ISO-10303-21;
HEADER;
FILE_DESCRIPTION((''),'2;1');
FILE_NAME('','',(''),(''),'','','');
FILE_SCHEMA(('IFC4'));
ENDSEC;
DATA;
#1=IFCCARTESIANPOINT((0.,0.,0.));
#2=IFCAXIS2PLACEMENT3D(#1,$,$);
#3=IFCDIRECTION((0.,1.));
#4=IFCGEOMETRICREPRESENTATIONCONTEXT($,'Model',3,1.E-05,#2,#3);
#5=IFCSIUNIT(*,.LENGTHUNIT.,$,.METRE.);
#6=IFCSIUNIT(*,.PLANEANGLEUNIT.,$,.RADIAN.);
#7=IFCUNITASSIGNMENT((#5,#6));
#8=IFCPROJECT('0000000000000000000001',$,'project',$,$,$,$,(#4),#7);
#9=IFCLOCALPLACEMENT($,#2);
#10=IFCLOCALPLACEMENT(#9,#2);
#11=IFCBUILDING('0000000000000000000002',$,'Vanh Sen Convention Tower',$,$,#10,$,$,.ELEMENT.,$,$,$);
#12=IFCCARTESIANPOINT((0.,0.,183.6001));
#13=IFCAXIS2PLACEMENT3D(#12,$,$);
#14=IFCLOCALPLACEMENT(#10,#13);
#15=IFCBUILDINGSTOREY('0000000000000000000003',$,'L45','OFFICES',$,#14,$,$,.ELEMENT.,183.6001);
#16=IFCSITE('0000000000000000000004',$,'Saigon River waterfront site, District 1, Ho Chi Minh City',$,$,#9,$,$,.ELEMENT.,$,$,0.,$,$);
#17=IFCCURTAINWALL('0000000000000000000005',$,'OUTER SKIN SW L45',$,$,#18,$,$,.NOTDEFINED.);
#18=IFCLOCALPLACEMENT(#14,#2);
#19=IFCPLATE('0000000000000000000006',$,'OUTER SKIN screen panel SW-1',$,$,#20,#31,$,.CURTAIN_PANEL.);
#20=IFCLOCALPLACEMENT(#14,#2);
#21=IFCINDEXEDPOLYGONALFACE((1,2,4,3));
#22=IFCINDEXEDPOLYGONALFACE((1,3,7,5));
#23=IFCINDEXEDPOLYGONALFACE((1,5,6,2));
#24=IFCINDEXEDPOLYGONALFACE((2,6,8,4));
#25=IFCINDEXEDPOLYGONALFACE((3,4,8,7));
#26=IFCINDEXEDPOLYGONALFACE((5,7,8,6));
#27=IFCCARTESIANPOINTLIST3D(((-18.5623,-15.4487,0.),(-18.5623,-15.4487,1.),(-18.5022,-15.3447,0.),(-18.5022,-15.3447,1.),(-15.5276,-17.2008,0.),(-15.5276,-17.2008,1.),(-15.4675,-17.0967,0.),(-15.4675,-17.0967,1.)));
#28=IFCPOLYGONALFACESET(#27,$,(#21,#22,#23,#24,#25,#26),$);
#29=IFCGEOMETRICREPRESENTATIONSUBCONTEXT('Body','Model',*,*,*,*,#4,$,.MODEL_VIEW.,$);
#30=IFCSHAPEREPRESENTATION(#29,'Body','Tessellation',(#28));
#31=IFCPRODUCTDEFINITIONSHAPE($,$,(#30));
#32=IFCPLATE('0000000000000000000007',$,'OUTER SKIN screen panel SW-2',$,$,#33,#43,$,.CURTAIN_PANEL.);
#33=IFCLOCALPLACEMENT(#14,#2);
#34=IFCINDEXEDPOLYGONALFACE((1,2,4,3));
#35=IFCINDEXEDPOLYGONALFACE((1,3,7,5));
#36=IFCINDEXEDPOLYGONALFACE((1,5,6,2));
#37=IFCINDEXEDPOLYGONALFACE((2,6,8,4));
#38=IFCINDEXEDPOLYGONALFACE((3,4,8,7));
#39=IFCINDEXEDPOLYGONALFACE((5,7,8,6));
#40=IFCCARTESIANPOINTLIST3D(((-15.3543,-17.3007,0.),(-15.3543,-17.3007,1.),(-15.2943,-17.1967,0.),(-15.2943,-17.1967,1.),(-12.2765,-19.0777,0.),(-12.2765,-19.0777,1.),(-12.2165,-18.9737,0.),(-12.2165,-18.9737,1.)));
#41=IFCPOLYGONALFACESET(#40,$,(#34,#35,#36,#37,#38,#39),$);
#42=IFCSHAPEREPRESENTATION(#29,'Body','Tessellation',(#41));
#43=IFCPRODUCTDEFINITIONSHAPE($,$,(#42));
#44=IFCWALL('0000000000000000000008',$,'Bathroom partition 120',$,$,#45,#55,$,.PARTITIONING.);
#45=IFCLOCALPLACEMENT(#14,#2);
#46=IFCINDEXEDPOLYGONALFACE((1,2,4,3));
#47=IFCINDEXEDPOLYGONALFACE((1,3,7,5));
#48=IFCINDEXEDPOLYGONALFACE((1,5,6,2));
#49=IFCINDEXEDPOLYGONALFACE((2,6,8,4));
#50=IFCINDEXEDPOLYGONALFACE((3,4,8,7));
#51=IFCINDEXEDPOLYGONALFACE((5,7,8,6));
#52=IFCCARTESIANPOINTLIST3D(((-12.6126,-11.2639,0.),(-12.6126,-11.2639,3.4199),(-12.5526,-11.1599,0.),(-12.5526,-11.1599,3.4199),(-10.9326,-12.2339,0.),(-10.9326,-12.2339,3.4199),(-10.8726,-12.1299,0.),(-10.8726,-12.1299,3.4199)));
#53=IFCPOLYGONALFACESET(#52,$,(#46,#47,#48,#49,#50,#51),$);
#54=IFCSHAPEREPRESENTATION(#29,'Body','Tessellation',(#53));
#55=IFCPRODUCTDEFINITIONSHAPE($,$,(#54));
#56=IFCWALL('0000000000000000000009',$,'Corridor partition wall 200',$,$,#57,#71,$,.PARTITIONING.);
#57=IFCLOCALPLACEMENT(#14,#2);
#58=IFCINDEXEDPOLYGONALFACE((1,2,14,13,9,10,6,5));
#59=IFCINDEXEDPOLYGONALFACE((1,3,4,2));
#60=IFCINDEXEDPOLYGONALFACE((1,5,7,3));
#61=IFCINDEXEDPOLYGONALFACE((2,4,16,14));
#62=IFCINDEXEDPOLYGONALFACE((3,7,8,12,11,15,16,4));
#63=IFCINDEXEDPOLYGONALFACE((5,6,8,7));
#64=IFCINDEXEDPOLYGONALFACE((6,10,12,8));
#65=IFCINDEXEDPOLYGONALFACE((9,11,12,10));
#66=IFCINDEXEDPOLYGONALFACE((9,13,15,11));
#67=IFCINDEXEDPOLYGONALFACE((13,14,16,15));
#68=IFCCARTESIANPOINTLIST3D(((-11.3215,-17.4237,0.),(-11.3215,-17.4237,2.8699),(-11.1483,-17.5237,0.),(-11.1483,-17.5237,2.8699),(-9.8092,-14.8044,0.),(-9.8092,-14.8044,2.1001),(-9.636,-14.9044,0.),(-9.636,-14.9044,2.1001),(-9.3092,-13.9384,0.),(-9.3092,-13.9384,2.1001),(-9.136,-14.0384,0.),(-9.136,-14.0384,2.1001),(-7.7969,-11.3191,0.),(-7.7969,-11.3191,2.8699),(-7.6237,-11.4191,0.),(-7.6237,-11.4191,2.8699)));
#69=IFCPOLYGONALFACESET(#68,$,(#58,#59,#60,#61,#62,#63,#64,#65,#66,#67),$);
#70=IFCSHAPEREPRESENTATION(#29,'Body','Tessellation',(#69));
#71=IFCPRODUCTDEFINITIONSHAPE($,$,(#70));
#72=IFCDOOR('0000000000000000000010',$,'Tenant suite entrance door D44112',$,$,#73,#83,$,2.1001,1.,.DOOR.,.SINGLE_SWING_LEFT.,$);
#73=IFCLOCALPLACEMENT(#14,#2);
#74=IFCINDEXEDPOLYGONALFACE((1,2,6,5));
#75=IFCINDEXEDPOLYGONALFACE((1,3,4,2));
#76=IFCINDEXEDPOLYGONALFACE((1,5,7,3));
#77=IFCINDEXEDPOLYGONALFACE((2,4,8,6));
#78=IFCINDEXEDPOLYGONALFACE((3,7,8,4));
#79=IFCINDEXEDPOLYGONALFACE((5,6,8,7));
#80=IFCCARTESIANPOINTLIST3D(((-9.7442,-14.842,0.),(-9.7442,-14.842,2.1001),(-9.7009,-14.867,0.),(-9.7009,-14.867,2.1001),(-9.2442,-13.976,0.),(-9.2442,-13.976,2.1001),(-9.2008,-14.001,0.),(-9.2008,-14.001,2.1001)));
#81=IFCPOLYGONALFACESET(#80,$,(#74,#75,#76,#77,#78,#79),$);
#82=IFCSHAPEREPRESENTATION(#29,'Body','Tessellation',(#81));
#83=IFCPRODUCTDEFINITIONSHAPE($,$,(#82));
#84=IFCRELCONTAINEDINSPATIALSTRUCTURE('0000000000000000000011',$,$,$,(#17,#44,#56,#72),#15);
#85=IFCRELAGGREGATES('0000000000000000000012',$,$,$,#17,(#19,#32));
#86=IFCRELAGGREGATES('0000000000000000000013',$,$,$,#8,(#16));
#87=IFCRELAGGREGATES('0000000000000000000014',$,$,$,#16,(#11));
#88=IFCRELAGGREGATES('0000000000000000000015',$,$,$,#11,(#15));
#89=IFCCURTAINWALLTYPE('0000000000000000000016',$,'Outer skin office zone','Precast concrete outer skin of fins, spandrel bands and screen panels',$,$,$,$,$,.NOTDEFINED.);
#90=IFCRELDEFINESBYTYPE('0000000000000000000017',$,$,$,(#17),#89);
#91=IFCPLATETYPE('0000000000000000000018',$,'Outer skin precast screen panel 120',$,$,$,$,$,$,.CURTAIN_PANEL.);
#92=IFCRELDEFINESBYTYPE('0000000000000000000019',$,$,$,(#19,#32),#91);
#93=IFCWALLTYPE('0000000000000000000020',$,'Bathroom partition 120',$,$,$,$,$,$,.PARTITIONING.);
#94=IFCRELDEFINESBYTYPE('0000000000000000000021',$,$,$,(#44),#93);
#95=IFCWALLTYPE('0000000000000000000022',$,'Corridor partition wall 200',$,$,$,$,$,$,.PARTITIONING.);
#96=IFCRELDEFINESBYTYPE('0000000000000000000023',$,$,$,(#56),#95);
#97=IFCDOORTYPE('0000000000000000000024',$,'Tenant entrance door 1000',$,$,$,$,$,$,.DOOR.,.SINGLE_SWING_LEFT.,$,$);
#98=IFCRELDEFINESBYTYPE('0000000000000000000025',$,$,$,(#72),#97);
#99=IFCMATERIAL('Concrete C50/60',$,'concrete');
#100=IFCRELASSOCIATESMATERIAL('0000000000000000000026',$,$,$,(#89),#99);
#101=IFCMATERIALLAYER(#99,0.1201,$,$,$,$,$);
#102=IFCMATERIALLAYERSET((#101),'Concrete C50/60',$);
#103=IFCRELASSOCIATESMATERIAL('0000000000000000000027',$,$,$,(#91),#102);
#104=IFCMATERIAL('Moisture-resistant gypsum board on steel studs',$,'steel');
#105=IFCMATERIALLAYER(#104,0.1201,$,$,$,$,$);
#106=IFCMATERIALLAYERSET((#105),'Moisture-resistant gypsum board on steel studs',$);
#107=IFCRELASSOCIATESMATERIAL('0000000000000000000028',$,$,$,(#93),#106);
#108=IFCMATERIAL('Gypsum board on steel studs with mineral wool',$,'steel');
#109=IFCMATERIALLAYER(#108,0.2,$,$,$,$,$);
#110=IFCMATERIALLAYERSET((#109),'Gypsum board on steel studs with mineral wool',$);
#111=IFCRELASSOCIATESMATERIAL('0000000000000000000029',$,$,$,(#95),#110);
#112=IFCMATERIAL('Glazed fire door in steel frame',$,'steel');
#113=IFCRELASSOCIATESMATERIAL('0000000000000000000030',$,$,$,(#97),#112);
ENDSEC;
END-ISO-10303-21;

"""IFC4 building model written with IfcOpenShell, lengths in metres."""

from ifc_helpers import new_model, si_unit, direction, frame, frame_2d, origin, origin_2d, place, context, subcontext, project, spatial, rectangle, extrude, material, layer, layer_set, type_object, element, fill, aggregate, save


model = new_model("IFC4")

# Units and contexts
model_context = context("Model", 3, precision=1e-05, world=origin(), true_north=direction((0.0, 1.0)))
body_context = subcontext(model_context, "Body", "Model", "MODEL_VIEW")
ifc_project = project(units=[si_unit("LENGTHUNIT", "METRE"), si_unit("PLANEANGLEUNIT", "RADIAN")], contexts=[model_context])

# Site, building, storey
site_placement = place(None, origin())
site = spatial("IfcSite", under=ifc_project, at=site_placement, Name="Saigon River waterfront site, District 1, Ho Chi Minh City", CompositionType="ELEMENT", RefElevation=0.0)
building_placement = place(site_placement, origin())
building = spatial("IfcBuilding", under=site, at=building_placement, Name="Vanh Sen Convention Tower", CompositionType="ELEMENT")
storey_placement = place(building_placement, frame((0.0, 0.0, 183.6001)))
storey = spatial("IfcBuildingStorey", under=building, at=storey_placement, Name="L45", Description="OFFICES", CompositionType="ELEMENT", Elevation=183.6001)

# Curtain wall
ifc_material_1 = material(Name="Concrete C50/60", Category="concrete")
curtain_wall_type = type_object("IfcCurtainWallType", Name="Outer skin office zone", Description="Precast concrete outer skin of fins, spandrel bands and screen panels", PredefinedType="NOTDEFINED", material=ifc_material_1)
curtain_wall_1_placement = place(storey_placement, origin())
curtain_wall_1 = element("IfcCurtainWall", 1, at=curtain_wall_1_placement, inside=storey, type_object=curtain_wall_type, Name="OUTER SKIN SW L45", PredefinedType="NOTDEFINED")

# Shared definitions
ifc_layer_1 = layer(ifc_material_1, 0.1201)
ifc_layer_set_1 = layer_set([ifc_layer_1], Name="Concrete C50/60")
plate_type = type_object("IfcPlateType", Name="Outer skin precast screen panel 120", PredefinedType="CURTAIN_PANEL", material=ifc_layer_set_1)

# Plates
plate_1_placement = place(storey_placement, frame((-17.0149, -16.2727, 0.0), z_axis=(0.0, 0.0, 1.0), x_axis=(0.866024, -0.500003, 0.0)))
plate_1 = element("IfcPlate", 2, at=plate_1_placement, type_object=plate_type, Name="OUTER SKIN screen panel SW-1", PredefinedType="CURTAIN_PANEL", context=body_context, shape_type="SweptSolid", body=[
    extrude(rectangle(XDim=3.5042, YDim=0.1201, at=origin_2d()), origin(), (0.0, 0.0, 1.0), 1.0),
])
plate_2_placement = place(storey_placement, frame((-13.7854, -18.1372, 0.0), z_axis=(0.0, 0.0, 1.0), x_axis=(0.866028, -0.499995, 0.0)))
plate_2 = element("IfcPlate", 3, at=plate_2_placement, type_object=plate_type, Name="OUTER SKIN screen panel SW-2", PredefinedType="CURTAIN_PANEL", context=body_context, shape_type="SweptSolid", body=[
    extrude(rectangle(XDim=3.554, YDim=0.1201, at=origin_2d()), origin(), (0.0, 0.0, 1.0), 1.0),
])
aggregate(curtain_wall_1, [plate_1, plate_2])

# Wall
ifc_material_2 = material(Name="Moisture-resistant gypsum board on steel studs", Category="steel")
ifc_layer_2 = layer(ifc_material_2, 0.1201)
ifc_layer_set_2 = layer_set([ifc_layer_2], Name="Moisture-resistant gypsum board on steel studs")
wall_type_1 = type_object("IfcWallType", Name="Bathroom partition 120", PredefinedType="PARTITIONING", material=ifc_layer_set_2)
wall_1_placement = place(storey_placement, frame((-10.9026, -12.1819, 0.0), z_axis=(0.0, 0.0, 1.0), x_axis=(-0.866012, 0.500024, 0.0)))
element("IfcWall", 4, at=wall_1_placement, inside=storey, type_object=wall_type_1, Name="Bathroom partition 120", PredefinedType="PARTITIONING", context=body_context, shape_type="SweptSolid", body=[
    extrude(rectangle(XDim=1.9399, YDim=0.1201, at=frame_2d((0.97, 0.0))), origin(), (0.0, 0.0, 1.0), 3.4199),
])

# Wall, opening, door
ifc_material_3 = material(Name="Gypsum board on steel studs with mineral wool", Category="steel")
ifc_layer_3 = layer(ifc_material_3, 0.2)
ifc_layer_set_3 = layer_set([ifc_layer_3], Name="Gypsum board on steel studs with mineral wool")
wall_type_2 = type_object("IfcWallType", Name="Corridor partition wall 200", PredefinedType="PARTITIONING", material=ifc_layer_set_3)
wall_2_placement = place(storey_placement, frame((-11.2349, -17.4736, 0.0), z_axis=(0.0, 0.0, 1.0), x_axis=(0.500009, 0.86602, 0.0)))
wall_2 = element("IfcWall", 5, at=wall_2_placement, inside=storey, type_object=wall_type_2, Name="Corridor partition wall 200", PredefinedType="PARTITIONING", context=body_context, shape_type="SweptSolid", body=[
    extrude(rectangle(XDim=7.0491, YDim=0.2, at=frame_2d((3.5244, 0.0))), origin(), (0.0, 0.0, 1.0), 2.8699),
])
opening_1_placement = place(wall_2_placement, frame((3.0244, 0.0, 0.0)))
opening_1 = element("IfcOpeningElement", 6, at=opening_1_placement, cuts=wall_2, PredefinedType="OPENING", context=body_context, shape_type="SweptSolid", body=[
    extrude(rectangle(XDim=1.0, YDim=2.1001, at=frame_2d((0.5, 1.05))), frame((0.0, 0.1099, 0.0), z_axis=(0.0, -1.0, 0.0), x_axis=(1.0, 0.0, 0.0)), (0.0, 0.0, 1.0), 0.22),
])
ifc_material_4 = material(Name="Glazed fire door in steel frame", Category="steel")
door_type = type_object("IfcDoorType", Name="Tenant entrance door 1000", OperationType="SINGLE_SWING_LEFT", PredefinedType="DOOR", material=ifc_material_4)
door_placement = place(opening_1_placement, origin())
door = element("IfcDoor", 7, at=door_placement, inside=storey, type_object=door_type, Name="Tenant suite entrance door D44112", OperationType="SINGLE_SWING_LEFT", OverallHeight=2.1001, OverallWidth=1.0, PredefinedType="DOOR", context=body_context, shape_type="SweptSolid", body=[
    extrude(rectangle(XDim=1.0, YDim=2.1001, at=frame_2d((0.5, 1.05))), frame((0.0, 0.0249, 0.0), z_axis=(0.0, -1.0, 0.0), x_axis=(1.0, 0.0, 0.0)), (0.0, 0.0, 1.0), 0.05),
])
fill(opening_1, door)

save(model, "model.ifc")
